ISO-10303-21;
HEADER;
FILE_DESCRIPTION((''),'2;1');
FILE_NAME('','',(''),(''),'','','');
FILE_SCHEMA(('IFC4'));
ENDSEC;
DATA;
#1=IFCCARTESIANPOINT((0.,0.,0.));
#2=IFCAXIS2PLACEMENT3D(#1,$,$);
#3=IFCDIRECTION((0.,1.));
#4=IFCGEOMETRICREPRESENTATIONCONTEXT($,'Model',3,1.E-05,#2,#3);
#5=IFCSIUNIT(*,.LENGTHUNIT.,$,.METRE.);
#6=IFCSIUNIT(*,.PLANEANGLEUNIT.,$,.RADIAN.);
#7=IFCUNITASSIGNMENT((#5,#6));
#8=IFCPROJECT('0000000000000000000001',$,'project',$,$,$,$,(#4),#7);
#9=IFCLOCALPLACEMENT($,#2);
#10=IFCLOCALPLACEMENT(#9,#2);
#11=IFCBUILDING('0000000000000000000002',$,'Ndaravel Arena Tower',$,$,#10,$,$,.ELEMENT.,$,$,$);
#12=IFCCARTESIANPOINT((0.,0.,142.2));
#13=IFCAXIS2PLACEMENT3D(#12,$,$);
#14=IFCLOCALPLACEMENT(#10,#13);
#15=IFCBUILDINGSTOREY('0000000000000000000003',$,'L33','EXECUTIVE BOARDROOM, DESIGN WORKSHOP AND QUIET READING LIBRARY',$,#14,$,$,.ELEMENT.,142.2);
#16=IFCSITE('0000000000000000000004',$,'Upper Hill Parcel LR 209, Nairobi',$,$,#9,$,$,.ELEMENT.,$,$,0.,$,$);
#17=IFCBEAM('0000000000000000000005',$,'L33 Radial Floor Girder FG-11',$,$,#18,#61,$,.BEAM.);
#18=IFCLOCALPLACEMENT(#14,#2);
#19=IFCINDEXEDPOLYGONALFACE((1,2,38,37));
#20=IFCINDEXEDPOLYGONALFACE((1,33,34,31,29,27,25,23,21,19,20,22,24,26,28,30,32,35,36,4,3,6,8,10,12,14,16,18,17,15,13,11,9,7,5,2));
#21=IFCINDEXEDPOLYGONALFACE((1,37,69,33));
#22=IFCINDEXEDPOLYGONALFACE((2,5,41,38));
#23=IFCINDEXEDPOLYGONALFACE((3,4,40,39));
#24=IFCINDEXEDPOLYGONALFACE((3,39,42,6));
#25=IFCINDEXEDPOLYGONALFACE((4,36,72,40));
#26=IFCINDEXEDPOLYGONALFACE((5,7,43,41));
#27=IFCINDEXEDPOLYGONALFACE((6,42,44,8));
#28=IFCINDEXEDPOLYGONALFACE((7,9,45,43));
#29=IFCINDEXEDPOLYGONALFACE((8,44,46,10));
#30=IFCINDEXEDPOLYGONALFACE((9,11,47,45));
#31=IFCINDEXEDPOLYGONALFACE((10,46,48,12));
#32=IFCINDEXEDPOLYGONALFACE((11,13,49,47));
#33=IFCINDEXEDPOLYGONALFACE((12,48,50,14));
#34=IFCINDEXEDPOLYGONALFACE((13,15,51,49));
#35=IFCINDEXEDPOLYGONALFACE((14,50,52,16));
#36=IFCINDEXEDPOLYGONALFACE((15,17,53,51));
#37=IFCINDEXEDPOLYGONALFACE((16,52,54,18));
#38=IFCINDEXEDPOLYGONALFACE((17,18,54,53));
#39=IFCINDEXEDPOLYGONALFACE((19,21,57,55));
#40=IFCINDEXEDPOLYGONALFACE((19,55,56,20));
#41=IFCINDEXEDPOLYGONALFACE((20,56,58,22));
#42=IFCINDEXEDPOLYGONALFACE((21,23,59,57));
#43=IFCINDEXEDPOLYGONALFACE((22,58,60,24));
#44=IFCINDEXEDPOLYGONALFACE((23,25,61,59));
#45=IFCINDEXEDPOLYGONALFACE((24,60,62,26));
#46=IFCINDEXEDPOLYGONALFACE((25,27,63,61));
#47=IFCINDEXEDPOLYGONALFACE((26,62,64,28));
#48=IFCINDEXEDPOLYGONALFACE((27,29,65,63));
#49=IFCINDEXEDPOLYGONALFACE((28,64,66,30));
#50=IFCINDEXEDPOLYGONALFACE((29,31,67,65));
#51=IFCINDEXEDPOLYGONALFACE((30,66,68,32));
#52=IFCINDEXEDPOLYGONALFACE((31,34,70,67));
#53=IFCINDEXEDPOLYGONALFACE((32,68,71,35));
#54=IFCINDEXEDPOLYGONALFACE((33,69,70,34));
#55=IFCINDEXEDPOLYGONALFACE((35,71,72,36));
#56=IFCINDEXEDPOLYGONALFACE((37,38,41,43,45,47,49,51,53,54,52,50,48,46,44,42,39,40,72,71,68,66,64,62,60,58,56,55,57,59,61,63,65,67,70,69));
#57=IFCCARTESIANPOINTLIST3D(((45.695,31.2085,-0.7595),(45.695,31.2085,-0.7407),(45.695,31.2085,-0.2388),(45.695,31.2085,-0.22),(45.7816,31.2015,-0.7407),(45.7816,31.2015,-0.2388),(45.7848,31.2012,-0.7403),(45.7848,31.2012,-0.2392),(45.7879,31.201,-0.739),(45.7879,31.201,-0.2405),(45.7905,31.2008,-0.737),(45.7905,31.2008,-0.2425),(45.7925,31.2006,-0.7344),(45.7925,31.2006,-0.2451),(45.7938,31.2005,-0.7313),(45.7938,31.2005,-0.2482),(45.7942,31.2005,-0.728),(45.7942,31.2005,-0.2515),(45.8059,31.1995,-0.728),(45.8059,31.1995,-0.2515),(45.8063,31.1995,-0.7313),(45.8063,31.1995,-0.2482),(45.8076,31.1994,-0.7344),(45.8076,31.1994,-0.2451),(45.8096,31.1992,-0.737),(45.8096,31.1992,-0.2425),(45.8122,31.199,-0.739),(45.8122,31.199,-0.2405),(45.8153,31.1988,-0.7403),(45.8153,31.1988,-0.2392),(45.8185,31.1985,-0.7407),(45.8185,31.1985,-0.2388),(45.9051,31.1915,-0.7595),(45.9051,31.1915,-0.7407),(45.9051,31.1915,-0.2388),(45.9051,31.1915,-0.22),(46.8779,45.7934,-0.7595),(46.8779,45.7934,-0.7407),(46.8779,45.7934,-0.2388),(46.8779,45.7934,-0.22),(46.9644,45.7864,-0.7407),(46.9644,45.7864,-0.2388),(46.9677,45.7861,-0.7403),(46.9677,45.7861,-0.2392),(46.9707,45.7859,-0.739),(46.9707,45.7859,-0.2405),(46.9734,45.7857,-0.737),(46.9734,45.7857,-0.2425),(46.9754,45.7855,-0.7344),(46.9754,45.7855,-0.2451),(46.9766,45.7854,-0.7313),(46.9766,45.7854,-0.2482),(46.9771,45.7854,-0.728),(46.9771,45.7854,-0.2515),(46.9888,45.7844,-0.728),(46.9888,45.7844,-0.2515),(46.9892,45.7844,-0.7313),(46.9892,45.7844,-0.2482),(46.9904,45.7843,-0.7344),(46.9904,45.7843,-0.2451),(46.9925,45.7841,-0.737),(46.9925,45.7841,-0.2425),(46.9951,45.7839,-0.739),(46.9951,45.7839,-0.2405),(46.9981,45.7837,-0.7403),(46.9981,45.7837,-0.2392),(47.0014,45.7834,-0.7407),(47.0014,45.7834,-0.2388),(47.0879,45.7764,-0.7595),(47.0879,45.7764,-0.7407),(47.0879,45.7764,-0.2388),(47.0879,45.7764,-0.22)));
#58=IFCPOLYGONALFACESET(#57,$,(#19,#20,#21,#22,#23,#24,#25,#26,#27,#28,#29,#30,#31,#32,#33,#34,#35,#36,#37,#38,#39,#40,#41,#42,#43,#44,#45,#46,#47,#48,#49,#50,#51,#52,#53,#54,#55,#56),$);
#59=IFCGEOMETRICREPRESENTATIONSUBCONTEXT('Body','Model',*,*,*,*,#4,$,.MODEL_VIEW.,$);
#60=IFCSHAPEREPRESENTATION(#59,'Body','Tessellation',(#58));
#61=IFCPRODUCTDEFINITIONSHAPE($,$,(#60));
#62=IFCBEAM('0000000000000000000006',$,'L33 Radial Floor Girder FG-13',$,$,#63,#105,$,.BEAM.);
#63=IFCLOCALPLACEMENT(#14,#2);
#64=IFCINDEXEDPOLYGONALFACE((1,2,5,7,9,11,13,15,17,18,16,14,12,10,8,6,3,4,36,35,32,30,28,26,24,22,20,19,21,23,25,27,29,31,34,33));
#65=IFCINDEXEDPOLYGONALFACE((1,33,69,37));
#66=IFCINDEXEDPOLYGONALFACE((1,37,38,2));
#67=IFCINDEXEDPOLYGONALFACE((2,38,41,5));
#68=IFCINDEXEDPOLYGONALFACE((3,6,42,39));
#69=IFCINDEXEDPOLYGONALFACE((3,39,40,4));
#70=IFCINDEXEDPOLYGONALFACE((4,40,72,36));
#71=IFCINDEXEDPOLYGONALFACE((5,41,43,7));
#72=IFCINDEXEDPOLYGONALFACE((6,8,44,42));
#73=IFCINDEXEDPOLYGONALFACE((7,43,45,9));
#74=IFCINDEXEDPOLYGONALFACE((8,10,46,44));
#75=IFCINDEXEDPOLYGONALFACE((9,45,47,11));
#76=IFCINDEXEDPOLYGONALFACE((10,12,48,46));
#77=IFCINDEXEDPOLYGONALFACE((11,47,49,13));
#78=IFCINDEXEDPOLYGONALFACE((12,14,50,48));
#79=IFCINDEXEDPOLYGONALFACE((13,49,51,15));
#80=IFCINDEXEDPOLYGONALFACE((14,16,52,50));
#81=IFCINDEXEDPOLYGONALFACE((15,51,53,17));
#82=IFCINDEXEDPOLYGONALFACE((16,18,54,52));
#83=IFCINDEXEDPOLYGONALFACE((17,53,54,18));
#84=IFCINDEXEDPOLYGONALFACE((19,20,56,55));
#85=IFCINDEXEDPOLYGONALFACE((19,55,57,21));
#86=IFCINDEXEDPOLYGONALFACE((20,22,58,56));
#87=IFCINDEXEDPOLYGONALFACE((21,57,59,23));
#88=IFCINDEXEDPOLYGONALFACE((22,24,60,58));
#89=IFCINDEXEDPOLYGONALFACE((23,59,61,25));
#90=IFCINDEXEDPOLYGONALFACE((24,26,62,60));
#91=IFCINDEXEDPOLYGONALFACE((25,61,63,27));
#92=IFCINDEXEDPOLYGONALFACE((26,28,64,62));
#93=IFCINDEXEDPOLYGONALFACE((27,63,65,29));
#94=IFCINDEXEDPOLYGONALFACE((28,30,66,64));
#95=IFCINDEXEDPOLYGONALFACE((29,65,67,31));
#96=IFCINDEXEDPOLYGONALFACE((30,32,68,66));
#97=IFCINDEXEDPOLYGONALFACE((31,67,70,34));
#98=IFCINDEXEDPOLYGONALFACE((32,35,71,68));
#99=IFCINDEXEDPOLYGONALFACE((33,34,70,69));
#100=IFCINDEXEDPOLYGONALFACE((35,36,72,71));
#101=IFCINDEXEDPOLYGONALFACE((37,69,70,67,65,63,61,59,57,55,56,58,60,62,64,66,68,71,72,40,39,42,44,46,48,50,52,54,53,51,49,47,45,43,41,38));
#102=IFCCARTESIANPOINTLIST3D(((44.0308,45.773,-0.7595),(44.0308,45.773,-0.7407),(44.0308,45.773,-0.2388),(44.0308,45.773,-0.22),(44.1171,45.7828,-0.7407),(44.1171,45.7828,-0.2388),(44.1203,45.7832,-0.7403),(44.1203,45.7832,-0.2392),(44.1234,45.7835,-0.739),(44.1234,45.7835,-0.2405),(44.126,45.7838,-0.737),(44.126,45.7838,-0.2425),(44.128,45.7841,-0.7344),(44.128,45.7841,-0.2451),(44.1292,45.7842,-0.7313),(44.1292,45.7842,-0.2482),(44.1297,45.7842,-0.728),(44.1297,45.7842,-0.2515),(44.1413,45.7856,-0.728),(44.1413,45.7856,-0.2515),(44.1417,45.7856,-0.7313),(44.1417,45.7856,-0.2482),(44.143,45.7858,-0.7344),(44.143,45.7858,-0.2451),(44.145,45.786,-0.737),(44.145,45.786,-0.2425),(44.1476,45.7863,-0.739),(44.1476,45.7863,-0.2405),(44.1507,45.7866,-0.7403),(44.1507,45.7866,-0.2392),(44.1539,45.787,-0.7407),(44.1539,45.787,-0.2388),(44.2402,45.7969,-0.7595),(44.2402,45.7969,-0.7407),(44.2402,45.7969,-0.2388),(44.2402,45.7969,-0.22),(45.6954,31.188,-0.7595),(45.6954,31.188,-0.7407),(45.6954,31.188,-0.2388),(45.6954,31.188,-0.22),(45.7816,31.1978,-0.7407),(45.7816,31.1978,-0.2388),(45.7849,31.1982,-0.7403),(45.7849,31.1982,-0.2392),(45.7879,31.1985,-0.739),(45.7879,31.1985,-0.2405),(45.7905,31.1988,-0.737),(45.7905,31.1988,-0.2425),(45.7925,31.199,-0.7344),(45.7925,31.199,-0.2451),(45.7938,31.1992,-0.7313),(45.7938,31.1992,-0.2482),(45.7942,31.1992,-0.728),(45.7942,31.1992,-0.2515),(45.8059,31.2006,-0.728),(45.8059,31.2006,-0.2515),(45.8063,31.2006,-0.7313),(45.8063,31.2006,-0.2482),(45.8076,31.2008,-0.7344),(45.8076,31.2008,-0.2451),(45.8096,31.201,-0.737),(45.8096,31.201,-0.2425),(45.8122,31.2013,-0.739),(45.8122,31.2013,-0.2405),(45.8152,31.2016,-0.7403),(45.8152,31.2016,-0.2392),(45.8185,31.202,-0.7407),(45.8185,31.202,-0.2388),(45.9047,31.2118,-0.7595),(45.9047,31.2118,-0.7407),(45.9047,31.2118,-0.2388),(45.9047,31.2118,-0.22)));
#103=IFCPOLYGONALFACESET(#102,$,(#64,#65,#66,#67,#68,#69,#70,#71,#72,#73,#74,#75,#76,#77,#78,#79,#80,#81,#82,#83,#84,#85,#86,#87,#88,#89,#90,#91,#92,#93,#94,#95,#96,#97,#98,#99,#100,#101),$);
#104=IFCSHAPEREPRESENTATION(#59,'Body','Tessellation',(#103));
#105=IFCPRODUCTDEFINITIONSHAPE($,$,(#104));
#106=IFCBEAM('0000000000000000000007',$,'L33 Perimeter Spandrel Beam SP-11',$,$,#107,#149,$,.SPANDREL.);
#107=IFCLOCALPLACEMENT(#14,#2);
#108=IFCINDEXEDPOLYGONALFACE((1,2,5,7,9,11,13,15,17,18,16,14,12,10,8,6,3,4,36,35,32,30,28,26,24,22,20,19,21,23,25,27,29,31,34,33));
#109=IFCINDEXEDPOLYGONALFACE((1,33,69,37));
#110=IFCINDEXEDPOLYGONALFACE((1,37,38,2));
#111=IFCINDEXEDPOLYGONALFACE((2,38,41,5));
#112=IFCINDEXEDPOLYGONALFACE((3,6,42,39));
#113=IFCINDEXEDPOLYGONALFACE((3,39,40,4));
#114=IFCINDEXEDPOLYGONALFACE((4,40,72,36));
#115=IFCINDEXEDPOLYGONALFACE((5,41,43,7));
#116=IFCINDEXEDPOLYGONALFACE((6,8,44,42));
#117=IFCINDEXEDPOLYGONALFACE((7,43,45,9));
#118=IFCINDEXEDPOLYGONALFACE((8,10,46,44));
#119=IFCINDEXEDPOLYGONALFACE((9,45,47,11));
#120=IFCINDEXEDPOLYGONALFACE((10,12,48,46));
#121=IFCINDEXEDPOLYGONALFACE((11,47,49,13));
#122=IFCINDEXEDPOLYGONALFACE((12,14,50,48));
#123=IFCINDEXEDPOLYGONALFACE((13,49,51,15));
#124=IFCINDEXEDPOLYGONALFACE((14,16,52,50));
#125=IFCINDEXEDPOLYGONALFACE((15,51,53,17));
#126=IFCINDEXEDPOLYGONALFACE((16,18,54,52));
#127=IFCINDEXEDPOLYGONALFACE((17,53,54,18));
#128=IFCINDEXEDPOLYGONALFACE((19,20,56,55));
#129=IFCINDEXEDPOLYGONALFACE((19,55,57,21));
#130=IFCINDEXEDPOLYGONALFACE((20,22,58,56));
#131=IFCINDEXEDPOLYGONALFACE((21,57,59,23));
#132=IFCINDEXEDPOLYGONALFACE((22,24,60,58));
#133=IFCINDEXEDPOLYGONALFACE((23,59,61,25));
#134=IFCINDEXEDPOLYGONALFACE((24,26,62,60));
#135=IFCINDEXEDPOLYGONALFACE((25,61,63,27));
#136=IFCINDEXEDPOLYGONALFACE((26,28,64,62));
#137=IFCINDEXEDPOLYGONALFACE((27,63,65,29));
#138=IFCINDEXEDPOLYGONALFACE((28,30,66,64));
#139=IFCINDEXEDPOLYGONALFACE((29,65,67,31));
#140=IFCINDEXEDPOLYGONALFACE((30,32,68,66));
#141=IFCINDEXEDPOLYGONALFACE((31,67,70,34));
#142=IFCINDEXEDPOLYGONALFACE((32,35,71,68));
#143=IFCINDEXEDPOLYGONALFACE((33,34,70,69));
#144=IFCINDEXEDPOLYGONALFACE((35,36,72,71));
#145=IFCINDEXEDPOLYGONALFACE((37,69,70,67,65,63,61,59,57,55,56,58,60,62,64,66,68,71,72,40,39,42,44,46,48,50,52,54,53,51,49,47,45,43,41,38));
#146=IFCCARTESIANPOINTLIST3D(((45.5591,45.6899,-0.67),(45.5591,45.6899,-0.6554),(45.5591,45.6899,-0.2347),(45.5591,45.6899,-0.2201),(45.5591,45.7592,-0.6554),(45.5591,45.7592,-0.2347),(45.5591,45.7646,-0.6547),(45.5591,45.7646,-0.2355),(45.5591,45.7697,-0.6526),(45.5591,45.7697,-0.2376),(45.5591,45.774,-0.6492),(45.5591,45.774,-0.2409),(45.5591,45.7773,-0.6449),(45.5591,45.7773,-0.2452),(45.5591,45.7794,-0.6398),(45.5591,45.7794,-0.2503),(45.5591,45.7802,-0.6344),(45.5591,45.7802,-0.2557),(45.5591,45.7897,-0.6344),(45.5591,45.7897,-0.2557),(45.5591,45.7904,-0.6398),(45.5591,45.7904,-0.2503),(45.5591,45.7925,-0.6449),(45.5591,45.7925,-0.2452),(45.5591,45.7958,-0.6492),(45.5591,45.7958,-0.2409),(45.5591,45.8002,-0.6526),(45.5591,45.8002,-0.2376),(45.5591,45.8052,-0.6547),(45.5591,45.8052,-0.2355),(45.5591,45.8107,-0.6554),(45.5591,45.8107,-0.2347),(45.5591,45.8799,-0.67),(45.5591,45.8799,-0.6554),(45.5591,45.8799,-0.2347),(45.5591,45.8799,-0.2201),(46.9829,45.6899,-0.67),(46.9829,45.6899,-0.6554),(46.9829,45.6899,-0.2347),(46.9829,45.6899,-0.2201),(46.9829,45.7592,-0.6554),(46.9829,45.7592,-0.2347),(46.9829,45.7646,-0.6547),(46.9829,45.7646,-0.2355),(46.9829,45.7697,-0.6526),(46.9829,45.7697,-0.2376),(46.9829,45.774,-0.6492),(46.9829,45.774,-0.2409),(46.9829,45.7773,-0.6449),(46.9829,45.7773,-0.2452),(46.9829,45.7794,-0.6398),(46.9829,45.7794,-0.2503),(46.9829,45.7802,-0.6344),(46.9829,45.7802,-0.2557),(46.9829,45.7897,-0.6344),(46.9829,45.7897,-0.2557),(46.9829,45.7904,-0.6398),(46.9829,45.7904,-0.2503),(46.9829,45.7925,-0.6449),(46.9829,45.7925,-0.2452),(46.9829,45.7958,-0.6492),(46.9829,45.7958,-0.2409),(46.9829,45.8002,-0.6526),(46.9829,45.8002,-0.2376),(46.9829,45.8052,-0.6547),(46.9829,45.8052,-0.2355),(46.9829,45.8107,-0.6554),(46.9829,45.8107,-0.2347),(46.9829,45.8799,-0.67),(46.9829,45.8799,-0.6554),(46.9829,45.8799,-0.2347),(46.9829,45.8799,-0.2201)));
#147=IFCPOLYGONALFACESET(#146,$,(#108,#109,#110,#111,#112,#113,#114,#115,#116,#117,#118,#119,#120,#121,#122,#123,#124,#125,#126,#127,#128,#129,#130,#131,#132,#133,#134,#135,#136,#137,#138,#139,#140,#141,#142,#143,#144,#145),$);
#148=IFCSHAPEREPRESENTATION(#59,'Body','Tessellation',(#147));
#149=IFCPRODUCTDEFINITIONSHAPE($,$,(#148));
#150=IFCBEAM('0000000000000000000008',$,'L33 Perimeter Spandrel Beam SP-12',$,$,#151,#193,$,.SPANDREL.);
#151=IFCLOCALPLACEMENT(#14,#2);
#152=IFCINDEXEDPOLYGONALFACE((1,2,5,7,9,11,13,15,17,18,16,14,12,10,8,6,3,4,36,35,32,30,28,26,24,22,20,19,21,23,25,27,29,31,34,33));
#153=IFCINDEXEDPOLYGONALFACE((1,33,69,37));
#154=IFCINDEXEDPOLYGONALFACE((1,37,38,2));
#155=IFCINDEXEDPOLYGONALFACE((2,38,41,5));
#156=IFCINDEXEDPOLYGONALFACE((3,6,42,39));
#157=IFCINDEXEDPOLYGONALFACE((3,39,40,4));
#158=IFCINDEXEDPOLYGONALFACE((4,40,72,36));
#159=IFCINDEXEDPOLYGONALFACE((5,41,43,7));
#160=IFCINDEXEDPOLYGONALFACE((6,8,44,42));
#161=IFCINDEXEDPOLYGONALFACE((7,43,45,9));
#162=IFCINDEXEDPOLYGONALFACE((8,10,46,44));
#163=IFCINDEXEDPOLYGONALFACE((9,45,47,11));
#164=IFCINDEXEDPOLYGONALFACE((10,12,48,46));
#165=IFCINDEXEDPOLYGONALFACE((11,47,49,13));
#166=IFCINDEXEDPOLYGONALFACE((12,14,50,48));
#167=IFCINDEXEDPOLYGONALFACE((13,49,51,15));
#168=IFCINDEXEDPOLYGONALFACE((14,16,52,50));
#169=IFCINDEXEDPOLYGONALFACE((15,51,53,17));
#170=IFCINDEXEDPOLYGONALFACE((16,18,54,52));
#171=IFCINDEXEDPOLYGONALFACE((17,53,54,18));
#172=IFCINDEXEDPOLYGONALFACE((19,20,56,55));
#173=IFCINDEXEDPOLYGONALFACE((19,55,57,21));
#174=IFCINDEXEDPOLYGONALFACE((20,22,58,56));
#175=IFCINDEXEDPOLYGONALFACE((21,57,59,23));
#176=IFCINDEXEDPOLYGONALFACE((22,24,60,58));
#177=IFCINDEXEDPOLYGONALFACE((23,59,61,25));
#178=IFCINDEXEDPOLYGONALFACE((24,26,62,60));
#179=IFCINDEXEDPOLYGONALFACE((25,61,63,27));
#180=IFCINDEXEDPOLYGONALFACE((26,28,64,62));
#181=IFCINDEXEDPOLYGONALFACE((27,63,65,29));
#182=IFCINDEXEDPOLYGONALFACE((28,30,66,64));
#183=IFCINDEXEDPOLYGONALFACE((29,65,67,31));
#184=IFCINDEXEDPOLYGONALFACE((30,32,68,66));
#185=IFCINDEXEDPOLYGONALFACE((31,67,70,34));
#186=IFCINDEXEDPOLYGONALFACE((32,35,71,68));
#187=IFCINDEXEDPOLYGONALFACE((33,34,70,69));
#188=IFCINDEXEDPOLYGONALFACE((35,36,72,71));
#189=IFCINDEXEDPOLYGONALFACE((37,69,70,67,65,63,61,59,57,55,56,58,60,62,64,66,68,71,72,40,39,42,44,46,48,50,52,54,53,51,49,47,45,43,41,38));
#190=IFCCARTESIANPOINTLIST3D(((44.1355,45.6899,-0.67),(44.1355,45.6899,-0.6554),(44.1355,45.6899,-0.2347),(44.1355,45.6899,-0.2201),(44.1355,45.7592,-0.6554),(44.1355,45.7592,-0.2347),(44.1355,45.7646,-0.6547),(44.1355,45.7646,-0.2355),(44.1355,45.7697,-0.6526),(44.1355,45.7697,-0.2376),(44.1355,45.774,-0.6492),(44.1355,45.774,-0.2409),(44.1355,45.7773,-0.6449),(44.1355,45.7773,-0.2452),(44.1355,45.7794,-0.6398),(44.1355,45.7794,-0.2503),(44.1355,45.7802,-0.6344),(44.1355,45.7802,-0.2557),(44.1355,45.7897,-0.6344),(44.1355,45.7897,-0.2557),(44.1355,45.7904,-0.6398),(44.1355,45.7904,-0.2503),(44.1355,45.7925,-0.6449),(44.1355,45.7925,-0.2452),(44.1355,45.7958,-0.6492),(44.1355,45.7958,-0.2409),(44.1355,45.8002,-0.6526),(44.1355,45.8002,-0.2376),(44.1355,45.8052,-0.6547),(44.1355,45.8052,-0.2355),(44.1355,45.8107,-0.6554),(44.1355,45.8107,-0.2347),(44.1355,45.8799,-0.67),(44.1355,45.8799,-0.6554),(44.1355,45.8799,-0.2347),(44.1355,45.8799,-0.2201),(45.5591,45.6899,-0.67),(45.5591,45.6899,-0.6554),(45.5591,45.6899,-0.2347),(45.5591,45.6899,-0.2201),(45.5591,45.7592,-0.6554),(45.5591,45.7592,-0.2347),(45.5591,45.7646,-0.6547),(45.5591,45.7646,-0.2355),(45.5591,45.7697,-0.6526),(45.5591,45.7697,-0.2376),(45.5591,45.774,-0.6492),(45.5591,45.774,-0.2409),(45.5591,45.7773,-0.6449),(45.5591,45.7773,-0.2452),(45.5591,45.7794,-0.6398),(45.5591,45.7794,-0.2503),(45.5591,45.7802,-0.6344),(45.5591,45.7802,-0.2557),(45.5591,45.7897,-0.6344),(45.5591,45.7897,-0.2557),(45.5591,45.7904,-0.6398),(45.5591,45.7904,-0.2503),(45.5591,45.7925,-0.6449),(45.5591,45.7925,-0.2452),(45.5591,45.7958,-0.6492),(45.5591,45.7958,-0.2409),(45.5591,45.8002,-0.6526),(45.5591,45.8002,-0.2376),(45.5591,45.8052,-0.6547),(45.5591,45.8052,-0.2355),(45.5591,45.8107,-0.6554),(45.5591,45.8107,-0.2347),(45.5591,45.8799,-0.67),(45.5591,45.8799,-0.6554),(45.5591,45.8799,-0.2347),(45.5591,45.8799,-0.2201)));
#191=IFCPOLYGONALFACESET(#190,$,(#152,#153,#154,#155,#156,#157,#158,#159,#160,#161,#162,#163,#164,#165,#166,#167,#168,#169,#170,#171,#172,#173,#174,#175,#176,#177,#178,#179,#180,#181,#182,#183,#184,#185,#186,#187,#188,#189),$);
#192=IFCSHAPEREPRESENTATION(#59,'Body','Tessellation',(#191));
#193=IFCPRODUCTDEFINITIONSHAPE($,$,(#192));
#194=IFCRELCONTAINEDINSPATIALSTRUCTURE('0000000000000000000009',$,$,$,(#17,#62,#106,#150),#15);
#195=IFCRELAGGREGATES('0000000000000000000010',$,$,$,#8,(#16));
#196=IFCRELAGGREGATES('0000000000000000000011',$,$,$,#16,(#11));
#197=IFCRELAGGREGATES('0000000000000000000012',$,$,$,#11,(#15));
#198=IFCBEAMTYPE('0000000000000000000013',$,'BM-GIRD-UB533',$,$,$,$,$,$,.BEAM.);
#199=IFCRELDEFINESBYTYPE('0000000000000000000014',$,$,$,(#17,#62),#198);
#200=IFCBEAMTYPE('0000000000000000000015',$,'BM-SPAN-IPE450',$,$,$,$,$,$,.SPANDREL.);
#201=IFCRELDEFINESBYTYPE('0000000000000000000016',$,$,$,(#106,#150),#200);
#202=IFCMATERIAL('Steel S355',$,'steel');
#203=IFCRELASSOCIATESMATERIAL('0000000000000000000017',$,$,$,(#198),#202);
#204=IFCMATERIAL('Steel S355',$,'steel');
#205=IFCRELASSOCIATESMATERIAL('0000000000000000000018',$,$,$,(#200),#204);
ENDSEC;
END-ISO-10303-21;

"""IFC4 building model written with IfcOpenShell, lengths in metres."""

from ifc_helpers import new_model, si_unit, direction, frame, origin, origin_2d, place, context, subcontext, project, spatial, i_section, extrude, material, material_profile, profile_set, type_object, element, save


model = new_model("IFC4")

# Units and contexts
model_context = context("Model", 3, precision=1e-05, world=origin(), true_north=direction((0.0, 1.0)))
body_context = subcontext(model_context, "Body", "Model", "MODEL_VIEW")
ifc_project = project(units=[si_unit("LENGTHUNIT", "METRE"), si_unit("PLANEANGLEUNIT", "RADIAN")], contexts=[model_context])

# Site, building, storey
site_placement = place(None, origin())
site = spatial("IfcSite", under=ifc_project, at=site_placement, Name="Upper Hill Parcel LR 209, Nairobi", CompositionType="ELEMENT", RefElevation=0.0)
building_placement = place(site_placement, origin())
building = spatial("IfcBuilding", under=site, at=building_placement, Name="Ndaravel Arena Tower", CompositionType="ELEMENT")
storey_placement = place(building_placement, frame((0.0, 0.0, 142.2)))
storey = spatial("IfcBuildingStorey", under=building, at=storey_placement, Name="L33", Description="EXECUTIVE BOARDROOM, DESIGN WORKSHOP AND QUIET READING LIBRARY", CompositionType="ELEMENT", Elevation=142.2)

# Beams
ifc_material_1 = material(Name="Steel S355", Category="steel")
ifc_material_profile_1 = material_profile(ifc_material_1, i_section(OverallWidth=0.2107, OverallDepth=0.5396, WebThickness=0.0117, FlangeThickness=0.0188, FilletRadius=0.0127, at=origin_2d()), Name="UB 533x210x109")
ifc_profile_set_1 = profile_set([ifc_material_profile_1], Name="Steel S355")
beam_type_1 = type_object("IfcBeamType", Name="BM-GIRD-UB533", PredefinedType="BEAM", material=ifc_profile_set_1)
beam_1_placement = place(storey_placement, frame((46.9829, 45.7849, -0.4897), z_axis=(-0.080836, -0.996727, 0.0), x_axis=(0.996727, -0.080836, 0.0)))
element("IfcBeam", 1, at=beam_1_placement, inside=storey, type_object=beam_type_1, Name="L33 Radial Floor Girder FG-11", PredefinedType="BEAM", context=body_context, shape_type="SweptSolid", body=[
    extrude(i_section(OverallWidth=0.2107, OverallDepth=0.5396, WebThickness=0.0117, FlangeThickness=0.0188, FilletRadius=0.0127, at=origin_2d()), origin(), (0.0, 0.0, 1.0), 14.6328),
])
beam_2_placement = place(storey_placement, frame((44.1355, 45.7849, -0.4897), z_axis=(0.113392, -0.99355, 0.0), x_axis=(0.99355, 0.113392, 0.0)))
element("IfcBeam", 2, at=beam_2_placement, inside=storey, type_object=beam_type_1, Name="L33 Radial Floor Girder FG-13", PredefinedType="BEAM", context=body_context, shape_type="SweptSolid", body=[
    extrude(i_section(OverallWidth=0.2107, OverallDepth=0.5396, WebThickness=0.0117, FlangeThickness=0.0188, FilletRadius=0.0127, at=origin_2d()), origin(), (0.0, 0.0, 1.0), 14.6797),
])
ifc_material_2 = material(Name="Steel S355", Category="steel")
ifc_material_profile_2 = material_profile(ifc_material_2, i_section(OverallWidth=0.1899, OverallDepth=0.45, WebThickness=0.0095, FlangeThickness=0.0146, FilletRadius=0.021, at=origin_2d()), Name="IPE 450")
ifc_profile_set_2 = profile_set([ifc_material_profile_2], Name="Steel S355")
beam_type_2 = type_object("IfcBeamType", Name="BM-SPAN-IPE450", PredefinedType="SPANDREL", material=ifc_profile_set_2)
beam_3_placement = place(storey_placement, frame((46.9829, 45.7849, -0.4451), z_axis=(-1.0, 0.0, 0.0), x_axis=(0.0, -1.0, 0.0)))
element("IfcBeam", 3, at=beam_3_placement, inside=storey, type_object=beam_type_2, Name="L33 Perimeter Spandrel Beam SP-11", PredefinedType="SPANDREL", context=body_context, shape_type="SweptSolid", body=[
    extrude(i_section(OverallWidth=0.1899, OverallDepth=0.45, WebThickness=0.0095, FlangeThickness=0.0146, FilletRadius=0.021, at=origin_2d()), origin(), (0.0, 0.0, 1.0), 1.4238),
])
for number, where, z_axis, x_axis, name in (
    (4, (45.5591, 45.7849, -0.4451), (-1.0, 0.0, 0.0), (0.0, -1.0, 0.0), "L33 Perimeter Spandrel Beam SP-12"),
):
    element("IfcBeam", number, at=place(storey_placement, frame(where, z_axis=z_axis, x_axis=x_axis)), inside=storey, type_object=beam_type_2, Name=name, PredefinedType="SPANDREL", context=body_context, shape_type="SweptSolid", body=[
        extrude(i_section(OverallWidth=0.1899, OverallDepth=0.45, WebThickness=0.0095, FlangeThickness=0.0146, FilletRadius=0.021, at=origin_2d()), origin(), (0.0, 0.0, 1.0), 1.4236),
    ])

save(model, "model.ifc")
